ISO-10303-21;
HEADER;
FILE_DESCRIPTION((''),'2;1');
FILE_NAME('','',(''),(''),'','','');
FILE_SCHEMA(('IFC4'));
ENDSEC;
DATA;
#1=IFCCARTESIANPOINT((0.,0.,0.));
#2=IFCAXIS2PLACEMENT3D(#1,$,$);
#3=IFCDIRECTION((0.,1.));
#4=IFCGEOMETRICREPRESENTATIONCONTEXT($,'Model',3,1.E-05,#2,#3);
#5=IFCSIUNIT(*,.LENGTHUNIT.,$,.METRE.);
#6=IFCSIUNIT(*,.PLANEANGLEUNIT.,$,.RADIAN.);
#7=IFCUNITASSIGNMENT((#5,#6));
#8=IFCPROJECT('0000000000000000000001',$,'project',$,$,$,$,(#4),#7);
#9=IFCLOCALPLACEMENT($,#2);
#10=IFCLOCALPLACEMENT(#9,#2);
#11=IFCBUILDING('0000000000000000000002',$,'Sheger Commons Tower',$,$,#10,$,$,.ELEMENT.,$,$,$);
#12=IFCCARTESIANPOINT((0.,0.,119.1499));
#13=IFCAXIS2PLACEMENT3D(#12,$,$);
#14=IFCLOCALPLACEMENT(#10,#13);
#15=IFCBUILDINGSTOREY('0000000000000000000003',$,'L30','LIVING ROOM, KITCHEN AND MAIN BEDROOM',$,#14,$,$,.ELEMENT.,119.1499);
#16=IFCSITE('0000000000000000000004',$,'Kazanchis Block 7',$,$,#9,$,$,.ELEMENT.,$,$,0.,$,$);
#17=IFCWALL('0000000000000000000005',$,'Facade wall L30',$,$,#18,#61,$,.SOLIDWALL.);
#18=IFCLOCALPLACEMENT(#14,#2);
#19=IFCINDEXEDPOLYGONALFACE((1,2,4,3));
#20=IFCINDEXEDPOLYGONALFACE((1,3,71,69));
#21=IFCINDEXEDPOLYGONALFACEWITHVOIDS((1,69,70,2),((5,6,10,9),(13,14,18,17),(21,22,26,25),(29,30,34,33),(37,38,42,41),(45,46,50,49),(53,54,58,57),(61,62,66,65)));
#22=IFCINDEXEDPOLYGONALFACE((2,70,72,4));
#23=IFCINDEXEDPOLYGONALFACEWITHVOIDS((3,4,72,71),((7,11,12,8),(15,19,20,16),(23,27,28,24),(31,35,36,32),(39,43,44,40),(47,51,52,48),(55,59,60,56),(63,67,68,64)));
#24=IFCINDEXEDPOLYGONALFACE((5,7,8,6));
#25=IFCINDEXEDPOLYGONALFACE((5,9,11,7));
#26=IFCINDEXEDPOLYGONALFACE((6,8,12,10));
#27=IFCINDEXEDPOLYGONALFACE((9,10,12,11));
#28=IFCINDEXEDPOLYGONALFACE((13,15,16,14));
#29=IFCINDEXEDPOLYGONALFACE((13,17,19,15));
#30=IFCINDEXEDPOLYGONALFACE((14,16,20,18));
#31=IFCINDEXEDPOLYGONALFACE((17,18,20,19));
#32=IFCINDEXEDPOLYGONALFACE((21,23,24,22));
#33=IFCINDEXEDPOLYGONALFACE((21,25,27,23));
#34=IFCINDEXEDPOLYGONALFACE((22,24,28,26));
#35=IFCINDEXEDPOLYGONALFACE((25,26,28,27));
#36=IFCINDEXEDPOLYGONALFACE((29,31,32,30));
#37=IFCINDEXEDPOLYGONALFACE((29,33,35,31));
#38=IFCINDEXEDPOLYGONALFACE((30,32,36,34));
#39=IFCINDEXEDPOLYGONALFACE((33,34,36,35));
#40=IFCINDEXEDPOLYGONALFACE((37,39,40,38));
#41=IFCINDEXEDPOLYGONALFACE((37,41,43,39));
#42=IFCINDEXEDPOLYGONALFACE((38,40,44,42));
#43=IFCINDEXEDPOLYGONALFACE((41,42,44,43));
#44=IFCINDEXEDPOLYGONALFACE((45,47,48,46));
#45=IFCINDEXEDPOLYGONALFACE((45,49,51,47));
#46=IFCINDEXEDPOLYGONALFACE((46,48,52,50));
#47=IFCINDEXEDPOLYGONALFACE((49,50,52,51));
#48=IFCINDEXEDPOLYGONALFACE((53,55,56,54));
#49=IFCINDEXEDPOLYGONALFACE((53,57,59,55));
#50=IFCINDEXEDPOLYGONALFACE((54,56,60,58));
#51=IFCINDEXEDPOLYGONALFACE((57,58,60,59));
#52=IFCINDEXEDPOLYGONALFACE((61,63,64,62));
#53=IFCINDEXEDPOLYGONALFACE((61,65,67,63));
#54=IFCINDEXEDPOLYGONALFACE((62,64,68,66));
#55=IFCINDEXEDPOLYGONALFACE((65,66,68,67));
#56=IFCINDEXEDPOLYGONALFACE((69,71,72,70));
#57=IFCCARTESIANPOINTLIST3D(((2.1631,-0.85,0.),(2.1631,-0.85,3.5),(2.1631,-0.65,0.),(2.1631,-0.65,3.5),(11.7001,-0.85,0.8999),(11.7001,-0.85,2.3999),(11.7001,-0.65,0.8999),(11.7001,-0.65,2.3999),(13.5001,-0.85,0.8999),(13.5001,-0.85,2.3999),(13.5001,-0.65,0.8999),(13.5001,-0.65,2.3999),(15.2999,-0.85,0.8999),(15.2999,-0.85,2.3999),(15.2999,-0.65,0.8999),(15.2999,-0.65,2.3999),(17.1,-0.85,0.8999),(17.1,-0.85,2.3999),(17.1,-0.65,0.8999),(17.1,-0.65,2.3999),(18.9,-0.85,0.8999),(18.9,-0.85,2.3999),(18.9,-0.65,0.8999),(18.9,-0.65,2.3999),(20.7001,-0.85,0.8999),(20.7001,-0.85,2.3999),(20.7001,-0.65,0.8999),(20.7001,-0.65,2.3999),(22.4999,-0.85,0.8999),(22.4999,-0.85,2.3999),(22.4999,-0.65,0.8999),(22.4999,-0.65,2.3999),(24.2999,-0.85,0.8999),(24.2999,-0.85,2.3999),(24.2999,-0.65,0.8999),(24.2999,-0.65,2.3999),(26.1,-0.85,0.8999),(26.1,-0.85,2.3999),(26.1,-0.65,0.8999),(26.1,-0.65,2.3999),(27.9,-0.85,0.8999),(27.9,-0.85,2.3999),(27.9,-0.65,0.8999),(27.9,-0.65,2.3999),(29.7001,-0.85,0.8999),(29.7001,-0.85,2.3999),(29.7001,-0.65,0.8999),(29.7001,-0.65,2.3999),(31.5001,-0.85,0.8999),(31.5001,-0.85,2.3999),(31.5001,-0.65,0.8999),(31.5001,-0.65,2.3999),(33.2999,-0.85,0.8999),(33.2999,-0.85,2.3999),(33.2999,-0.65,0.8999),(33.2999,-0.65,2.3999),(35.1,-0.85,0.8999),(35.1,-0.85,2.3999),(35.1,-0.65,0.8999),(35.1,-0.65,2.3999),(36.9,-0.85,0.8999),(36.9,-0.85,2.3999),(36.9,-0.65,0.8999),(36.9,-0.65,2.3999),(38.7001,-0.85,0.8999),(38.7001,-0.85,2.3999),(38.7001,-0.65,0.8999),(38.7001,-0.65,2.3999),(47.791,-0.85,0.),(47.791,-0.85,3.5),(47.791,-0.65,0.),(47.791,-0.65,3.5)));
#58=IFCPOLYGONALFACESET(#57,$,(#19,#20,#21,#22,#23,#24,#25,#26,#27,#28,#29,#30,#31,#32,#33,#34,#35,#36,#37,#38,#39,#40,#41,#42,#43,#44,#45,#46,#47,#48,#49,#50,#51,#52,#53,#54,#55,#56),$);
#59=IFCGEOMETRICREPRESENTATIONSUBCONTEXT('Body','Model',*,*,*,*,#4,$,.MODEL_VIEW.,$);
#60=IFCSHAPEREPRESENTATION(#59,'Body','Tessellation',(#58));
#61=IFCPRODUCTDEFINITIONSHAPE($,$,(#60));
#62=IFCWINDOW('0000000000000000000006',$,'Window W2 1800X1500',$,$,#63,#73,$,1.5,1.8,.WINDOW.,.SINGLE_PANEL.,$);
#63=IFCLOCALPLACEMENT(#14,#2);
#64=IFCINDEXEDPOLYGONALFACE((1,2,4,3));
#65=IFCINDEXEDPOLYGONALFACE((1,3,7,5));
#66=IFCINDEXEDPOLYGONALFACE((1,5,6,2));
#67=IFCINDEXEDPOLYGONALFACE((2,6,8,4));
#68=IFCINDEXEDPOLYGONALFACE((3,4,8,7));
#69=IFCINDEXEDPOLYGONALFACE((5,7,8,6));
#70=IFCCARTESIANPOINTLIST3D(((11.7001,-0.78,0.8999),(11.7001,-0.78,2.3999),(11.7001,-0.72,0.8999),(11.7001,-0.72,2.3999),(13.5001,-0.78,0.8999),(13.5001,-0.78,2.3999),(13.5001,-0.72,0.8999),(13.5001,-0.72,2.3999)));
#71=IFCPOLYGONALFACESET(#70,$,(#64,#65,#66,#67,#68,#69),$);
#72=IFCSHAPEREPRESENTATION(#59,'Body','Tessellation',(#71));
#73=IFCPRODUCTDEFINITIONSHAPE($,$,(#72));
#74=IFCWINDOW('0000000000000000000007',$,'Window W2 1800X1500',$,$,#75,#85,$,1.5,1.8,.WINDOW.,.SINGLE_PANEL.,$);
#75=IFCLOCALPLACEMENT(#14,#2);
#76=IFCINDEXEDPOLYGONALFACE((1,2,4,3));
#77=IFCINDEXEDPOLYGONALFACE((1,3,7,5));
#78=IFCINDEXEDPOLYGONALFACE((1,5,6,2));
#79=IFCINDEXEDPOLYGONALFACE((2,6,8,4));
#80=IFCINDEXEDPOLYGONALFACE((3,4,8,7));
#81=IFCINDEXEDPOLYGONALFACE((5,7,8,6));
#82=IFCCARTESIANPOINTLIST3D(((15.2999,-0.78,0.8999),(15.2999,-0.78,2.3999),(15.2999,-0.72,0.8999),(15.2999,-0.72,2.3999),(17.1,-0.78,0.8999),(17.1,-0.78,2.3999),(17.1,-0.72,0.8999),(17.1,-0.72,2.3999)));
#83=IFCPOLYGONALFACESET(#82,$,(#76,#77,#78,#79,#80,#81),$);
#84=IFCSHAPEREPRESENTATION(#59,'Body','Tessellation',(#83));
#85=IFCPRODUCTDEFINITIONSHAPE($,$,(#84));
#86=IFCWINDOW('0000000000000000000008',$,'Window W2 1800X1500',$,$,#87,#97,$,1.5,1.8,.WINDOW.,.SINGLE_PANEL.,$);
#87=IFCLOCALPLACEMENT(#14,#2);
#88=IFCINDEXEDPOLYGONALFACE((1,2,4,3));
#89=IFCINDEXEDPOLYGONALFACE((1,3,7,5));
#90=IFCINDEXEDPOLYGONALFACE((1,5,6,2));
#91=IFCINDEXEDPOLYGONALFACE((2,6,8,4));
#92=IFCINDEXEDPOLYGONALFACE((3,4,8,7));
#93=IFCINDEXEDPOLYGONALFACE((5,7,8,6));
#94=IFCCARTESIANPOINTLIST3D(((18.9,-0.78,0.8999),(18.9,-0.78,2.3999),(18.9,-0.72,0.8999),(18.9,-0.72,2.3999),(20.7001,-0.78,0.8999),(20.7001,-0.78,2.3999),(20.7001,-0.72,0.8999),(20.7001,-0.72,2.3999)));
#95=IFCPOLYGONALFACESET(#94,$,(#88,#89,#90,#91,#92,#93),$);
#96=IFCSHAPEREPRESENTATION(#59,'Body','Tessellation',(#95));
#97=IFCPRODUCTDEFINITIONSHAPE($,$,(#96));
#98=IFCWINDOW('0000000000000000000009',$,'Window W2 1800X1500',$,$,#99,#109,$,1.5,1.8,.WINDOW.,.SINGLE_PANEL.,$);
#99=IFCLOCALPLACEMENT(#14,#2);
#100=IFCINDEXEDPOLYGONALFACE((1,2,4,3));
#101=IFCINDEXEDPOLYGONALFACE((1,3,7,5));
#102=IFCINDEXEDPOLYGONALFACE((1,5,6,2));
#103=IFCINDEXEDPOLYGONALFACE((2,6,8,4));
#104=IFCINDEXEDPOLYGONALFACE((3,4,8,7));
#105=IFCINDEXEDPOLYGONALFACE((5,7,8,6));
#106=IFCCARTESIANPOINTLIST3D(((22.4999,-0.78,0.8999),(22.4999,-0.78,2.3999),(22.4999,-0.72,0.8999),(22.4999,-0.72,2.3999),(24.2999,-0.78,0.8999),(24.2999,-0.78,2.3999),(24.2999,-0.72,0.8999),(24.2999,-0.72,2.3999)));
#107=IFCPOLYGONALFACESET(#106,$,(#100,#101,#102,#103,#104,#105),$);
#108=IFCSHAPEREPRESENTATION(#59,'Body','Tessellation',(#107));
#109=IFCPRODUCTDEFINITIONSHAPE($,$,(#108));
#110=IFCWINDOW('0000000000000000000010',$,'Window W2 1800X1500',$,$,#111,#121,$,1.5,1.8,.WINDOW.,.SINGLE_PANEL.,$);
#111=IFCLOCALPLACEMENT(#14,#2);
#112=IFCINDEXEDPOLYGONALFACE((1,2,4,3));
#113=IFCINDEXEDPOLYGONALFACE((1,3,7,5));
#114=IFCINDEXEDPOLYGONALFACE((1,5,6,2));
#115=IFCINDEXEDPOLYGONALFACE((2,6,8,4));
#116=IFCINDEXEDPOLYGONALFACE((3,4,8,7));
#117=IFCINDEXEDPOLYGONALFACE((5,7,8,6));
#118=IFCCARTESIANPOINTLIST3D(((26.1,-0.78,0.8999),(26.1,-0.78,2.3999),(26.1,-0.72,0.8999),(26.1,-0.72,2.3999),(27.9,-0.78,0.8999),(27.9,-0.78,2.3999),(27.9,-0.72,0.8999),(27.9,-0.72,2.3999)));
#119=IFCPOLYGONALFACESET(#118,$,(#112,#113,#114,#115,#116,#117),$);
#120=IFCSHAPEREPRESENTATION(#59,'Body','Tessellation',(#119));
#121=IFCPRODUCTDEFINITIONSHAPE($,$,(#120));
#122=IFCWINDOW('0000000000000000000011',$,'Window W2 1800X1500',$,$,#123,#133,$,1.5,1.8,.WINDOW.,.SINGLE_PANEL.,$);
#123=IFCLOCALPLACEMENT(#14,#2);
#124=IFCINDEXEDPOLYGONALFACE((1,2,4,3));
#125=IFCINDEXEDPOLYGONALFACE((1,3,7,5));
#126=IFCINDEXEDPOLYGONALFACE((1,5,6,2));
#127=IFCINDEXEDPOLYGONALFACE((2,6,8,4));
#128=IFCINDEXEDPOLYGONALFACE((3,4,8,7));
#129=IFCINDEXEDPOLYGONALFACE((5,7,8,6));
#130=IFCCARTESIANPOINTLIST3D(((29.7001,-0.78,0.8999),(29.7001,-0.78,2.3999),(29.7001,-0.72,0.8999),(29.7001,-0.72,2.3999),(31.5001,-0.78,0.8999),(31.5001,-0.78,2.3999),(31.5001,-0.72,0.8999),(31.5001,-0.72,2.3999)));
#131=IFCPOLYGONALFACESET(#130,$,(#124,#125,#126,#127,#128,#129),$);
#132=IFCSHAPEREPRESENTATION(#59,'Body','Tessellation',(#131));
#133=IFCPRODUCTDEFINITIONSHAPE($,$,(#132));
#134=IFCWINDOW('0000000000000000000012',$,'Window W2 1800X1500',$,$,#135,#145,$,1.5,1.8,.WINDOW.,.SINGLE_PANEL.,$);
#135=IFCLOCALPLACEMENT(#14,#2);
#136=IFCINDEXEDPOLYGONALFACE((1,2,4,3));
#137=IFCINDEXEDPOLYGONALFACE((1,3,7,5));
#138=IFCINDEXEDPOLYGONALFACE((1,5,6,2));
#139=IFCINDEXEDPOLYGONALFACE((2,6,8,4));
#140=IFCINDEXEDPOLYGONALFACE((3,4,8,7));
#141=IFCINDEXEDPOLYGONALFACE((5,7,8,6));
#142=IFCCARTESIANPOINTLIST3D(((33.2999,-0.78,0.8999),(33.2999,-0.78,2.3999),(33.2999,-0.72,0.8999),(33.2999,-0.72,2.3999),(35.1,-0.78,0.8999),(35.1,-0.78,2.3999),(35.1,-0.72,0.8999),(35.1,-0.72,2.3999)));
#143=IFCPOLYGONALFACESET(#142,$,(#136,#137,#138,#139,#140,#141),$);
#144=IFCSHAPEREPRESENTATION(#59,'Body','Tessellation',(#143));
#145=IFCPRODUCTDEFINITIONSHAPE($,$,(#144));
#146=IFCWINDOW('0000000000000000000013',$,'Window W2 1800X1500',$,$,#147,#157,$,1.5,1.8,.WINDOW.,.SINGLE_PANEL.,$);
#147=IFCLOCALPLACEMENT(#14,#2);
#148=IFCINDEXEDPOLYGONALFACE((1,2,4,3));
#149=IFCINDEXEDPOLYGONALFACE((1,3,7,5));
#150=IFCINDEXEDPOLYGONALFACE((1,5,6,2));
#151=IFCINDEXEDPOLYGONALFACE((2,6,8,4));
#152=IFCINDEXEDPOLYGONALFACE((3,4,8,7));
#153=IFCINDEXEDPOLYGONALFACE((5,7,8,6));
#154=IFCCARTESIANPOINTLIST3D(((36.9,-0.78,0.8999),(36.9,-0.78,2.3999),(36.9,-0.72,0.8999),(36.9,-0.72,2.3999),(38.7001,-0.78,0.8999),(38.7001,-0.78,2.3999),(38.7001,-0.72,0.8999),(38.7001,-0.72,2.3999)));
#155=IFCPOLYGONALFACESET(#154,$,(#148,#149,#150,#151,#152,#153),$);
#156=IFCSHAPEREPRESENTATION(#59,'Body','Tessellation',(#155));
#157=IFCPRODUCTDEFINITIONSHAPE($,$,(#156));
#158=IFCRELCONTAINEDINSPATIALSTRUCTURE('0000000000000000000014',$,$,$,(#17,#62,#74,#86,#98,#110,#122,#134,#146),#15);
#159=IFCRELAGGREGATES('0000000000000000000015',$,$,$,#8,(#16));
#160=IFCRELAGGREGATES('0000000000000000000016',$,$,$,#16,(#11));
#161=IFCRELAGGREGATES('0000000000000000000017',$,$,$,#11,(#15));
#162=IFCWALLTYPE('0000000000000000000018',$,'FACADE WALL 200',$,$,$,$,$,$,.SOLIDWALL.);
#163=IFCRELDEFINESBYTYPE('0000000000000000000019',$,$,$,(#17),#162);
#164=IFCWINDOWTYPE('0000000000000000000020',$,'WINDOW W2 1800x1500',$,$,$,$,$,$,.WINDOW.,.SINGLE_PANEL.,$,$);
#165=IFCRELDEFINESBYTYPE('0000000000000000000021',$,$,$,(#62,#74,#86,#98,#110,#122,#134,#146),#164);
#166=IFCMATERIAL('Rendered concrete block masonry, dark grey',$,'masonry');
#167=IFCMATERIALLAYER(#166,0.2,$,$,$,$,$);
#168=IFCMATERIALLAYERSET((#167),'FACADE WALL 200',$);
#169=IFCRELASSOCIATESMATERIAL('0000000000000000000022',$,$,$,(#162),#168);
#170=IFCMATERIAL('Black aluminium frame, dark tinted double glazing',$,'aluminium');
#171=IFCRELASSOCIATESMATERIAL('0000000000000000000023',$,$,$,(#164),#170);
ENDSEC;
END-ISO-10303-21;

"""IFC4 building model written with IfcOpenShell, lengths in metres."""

from ifc_helpers import new_model, si_unit, direction, frame, frame_2d, origin, place, context, subcontext, project, spatial, rectangle, extrude, material, layer, layer_set, type_object, element, fill, save


model = new_model("IFC4")

# Units and contexts
model_context = context("Model", 3, precision=1e-05, world=origin(), true_north=direction((0.0, 1.0)))
body_context = subcontext(model_context, "Body", "Model", "MODEL_VIEW")
ifc_project = project(units=[si_unit("LENGTHUNIT", "METRE"), si_unit("PLANEANGLEUNIT", "RADIAN")], contexts=[model_context])

# Site, building, storey
site_placement = place(None, origin())
site = spatial("IfcSite", under=ifc_project, at=site_placement, Name="Kazanchis Block 7", CompositionType="ELEMENT", RefElevation=0.0)
building_placement = place(site_placement, origin())
building = spatial("IfcBuilding", under=site, at=building_placement, Name="Sheger Commons Tower", CompositionType="ELEMENT")
storey_placement = place(building_placement, frame((0.0, 0.0, 119.1499)))
storey = spatial("IfcBuildingStorey", under=building, at=storey_placement, Name="L30", Description="LIVING ROOM, KITCHEN AND MAIN BEDROOM", CompositionType="ELEMENT", Elevation=119.1499)

# Wall, openings, windows
ifc_material_1 = material(Name="Rendered concrete block masonry, dark grey", Category="masonry")
ifc_layer_1 = layer(ifc_material_1, 0.2)
ifc_layer_set_1 = layer_set([ifc_layer_1], Name="FACADE WALL 200")
wall_type_1 = type_object("IfcWallType", Name="FACADE WALL 200", PredefinedType="SOLIDWALL", material=ifc_layer_set_1)
wall_1_placement = place(storey_placement, frame((2.1631, -0.75, 0.0), z_axis=(0.0, 0.0, 1.0), x_axis=(1.0, 0.0, 0.0)))
wall_1 = element("IfcWall", 1, at=wall_1_placement, inside=storey, type_object=wall_type_1, Name="Facade wall L30", PredefinedType="SOLIDWALL", context=body_context, shape_type="SweptSolid", body=[
    extrude(rectangle(XDim=45.6279, YDim=0.2, at=frame_2d((22.814, 0.0))), origin(), (0.0, 0.0, 1.0), 3.5),
])
opening_1_placement = place(wall_1_placement, frame((9.5371, 0.0, 0.8999)))
opening_1 = element("IfcOpeningElement", 2, at=opening_1_placement, cuts=wall_1, PredefinedType="OPENING", context=body_context, shape_type="SweptSolid", body=[
    extrude(rectangle(XDim=1.8, YDim=1.5, at=frame_2d((0.8999, 0.75))), frame((0.0, 0.1099, 0.0), z_axis=(0.0, -1.0, 0.0), x_axis=(1.0, 0.0, 0.0)), (0.0, 0.0, 1.0), 0.22),
])
opening_2_placement = place(wall_1_placement, frame((13.137, 0.0, 0.8999)))
opening_2 = element("IfcOpeningElement", 3, at=opening_2_placement, cuts=wall_1, PredefinedType="OPENING", context=body_context, shape_type="SweptSolid", body=[
    extrude(rectangle(XDim=1.8, YDim=1.5, at=frame_2d((0.8999, 0.75))), frame((0.0, 0.1099, 0.0), z_axis=(0.0, -1.0, 0.0), x_axis=(1.0, 0.0, 0.0)), (0.0, 0.0, 1.0), 0.22),
])
opening_3_placement = place(wall_1_placement, frame((16.7371, 0.0, 0.8999)))
opening_3 = element("IfcOpeningElement", 4, at=opening_3_placement, cuts=wall_1, PredefinedType="OPENING", context=body_context, shape_type="SweptSolid", body=[
    extrude(rectangle(XDim=1.8, YDim=1.5, at=frame_2d((0.8999, 0.75))), frame((0.0, 0.1099, 0.0), z_axis=(0.0, -1.0, 0.0), x_axis=(1.0, 0.0, 0.0)), (0.0, 0.0, 1.0), 0.22),
])
opening_4_placement = place(wall_1_placement, frame((20.3369, 0.0, 0.8999)))
opening_4 = element("IfcOpeningElement", 5, at=opening_4_placement, cuts=wall_1, PredefinedType="OPENING", context=body_context, shape_type="SweptSolid", body=[
    extrude(rectangle(XDim=1.8, YDim=1.5, at=frame_2d((0.8999, 0.75))), frame((0.0, 0.1099, 0.0), z_axis=(0.0, -1.0, 0.0), x_axis=(1.0, 0.0, 0.0)), (0.0, 0.0, 1.0), 0.22),
])
opening_5_placement = place(wall_1_placement, frame((23.937, 0.0, 0.8999)))
opening_5 = element("IfcOpeningElement", 6, at=opening_5_placement, cuts=wall_1, PredefinedType="OPENING", context=body_context, shape_type="SweptSolid", body=[
    extrude(rectangle(XDim=1.8, YDim=1.5, at=frame_2d((0.8999, 0.75))), frame((0.0, 0.1099, 0.0), z_axis=(0.0, -1.0, 0.0), x_axis=(1.0, 0.0, 0.0)), (0.0, 0.0, 1.0), 0.22),
])
opening_6_placement = place(wall_1_placement, frame((27.5371, 0.0, 0.8999)))
opening_6 = element("IfcOpeningElement", 7, at=opening_6_placement, cuts=wall_1, PredefinedType="OPENING", context=body_context, shape_type="SweptSolid", body=[
    extrude(rectangle(XDim=1.8, YDim=1.5, at=frame_2d((0.8999, 0.75))), frame((0.0, 0.1099, 0.0), z_axis=(0.0, -1.0, 0.0), x_axis=(1.0, 0.0, 0.0)), (0.0, 0.0, 1.0), 0.22),
])
opening_7_placement = place(wall_1_placement, frame((31.137, 0.0, 0.8999)))
opening_7 = element("IfcOpeningElement", 8, at=opening_7_placement, cuts=wall_1, PredefinedType="OPENING", context=body_context, shape_type="SweptSolid", body=[
    extrude(rectangle(XDim=1.8, YDim=1.5, at=frame_2d((0.8999, 0.75))), frame((0.0, 0.1099, 0.0), z_axis=(0.0, -1.0, 0.0), x_axis=(1.0, 0.0, 0.0)), (0.0, 0.0, 1.0), 0.22),
])
opening_8_placement = place(wall_1_placement, frame((34.7371, 0.0, 0.8999)))
opening_8 = element("IfcOpeningElement", 9, at=opening_8_placement, cuts=wall_1, PredefinedType="OPENING", context=body_context, shape_type="SweptSolid", body=[
    extrude(rectangle(XDim=1.8, YDim=1.5, at=frame_2d((0.8999, 0.75))), frame((0.0, 0.1099, 0.0), z_axis=(0.0, -1.0, 0.0), x_axis=(1.0, 0.0, 0.0)), (0.0, 0.0, 1.0), 0.22),
])
ifc_material_2 = material(Name="Black aluminium frame, dark tinted double glazing", Category="aluminium")
window_type = type_object("IfcWindowType", Name="WINDOW W2 1800x1500", PartitioningType="SINGLE_PANEL", PredefinedType="WINDOW", material=ifc_material_2)
window_1_placement = place(opening_1_placement, origin())
window_1 = element("IfcWindow", 10, at=window_1_placement, inside=storey, type_object=window_type, Name="Window W2 1800X1500", OverallHeight=1.5, OverallWidth=1.8, PartitioningType="SINGLE_PANEL", PredefinedType="WINDOW", context=body_context, shape_type="SweptSolid", body=[
    extrude(rectangle(XDim=1.8, YDim=1.5, at=frame_2d((0.8999, 0.75))), frame((0.0, 0.03, 0.0), z_axis=(0.0, -1.0, 0.0), x_axis=(1.0, 0.0, 0.0)), (0.0, 0.0, 1.0), 0.0601),
])
fill(opening_1, window_1)
window_2_placement = place(opening_2_placement, origin())
window_2 = element("IfcWindow", 11, at=window_2_placement, inside=storey, type_object=window_type, Name="Window W2 1800X1500", OverallHeight=1.5, OverallWidth=1.8, PartitioningType="SINGLE_PANEL", PredefinedType="WINDOW", context=body_context, shape_type="SweptSolid", body=[
    extrude(rectangle(XDim=1.8, YDim=1.5, at=frame_2d((0.8999, 0.75))), frame((0.0, 0.03, 0.0), z_axis=(0.0, -1.0, 0.0), x_axis=(1.0, 0.0, 0.0)), (0.0, 0.0, 1.0), 0.0601),
])
fill(opening_2, window_2)
window_3_placement = place(opening_3_placement, origin())
window_3 = element("IfcWindow", 12, at=window_3_placement, inside=storey, type_object=window_type, Name="Window W2 1800X1500", OverallHeight=1.5, OverallWidth=1.8, PartitioningType="SINGLE_PANEL", PredefinedType="WINDOW", context=body_context, shape_type="SweptSolid", body=[
    extrude(rectangle(XDim=1.8, YDim=1.5, at=frame_2d((0.8999, 0.75))), frame((0.0, 0.03, 0.0), z_axis=(0.0, -1.0, 0.0), x_axis=(1.0, 0.0, 0.0)), (0.0, 0.0, 1.0), 0.0601),
])
fill(opening_3, window_3)
window_4_placement = place(opening_4_placement, origin())
window_4 = element("IfcWindow", 13, at=window_4_placement, inside=storey, type_object=window_type, Name="Window W2 1800X1500", OverallHeight=1.5, OverallWidth=1.8, PartitioningType="SINGLE_PANEL", PredefinedType="WINDOW", context=body_context, shape_type="SweptSolid", body=[
    extrude(rectangle(XDim=1.8, YDim=1.5, at=frame_2d((0.8999, 0.75))), frame((0.0, 0.03, 0.0), z_axis=(0.0, -1.0, 0.0), x_axis=(1.0, 0.0, 0.0)), (0.0, 0.0, 1.0), 0.0601),
])
fill(opening_4, window_4)
window_5_placement = place(opening_5_placement, origin())
window_5 = element("IfcWindow", 14, at=window_5_placement, inside=storey, type_object=window_type, Name="Window W2 1800X1500", OverallHeight=1.5, OverallWidth=1.8, PartitioningType="SINGLE_PANEL", PredefinedType="WINDOW", context=body_context, shape_type="SweptSolid", body=[
    extrude(rectangle(XDim=1.8, YDim=1.5, at=frame_2d((0.8999, 0.75))), frame((0.0, 0.03, 0.0), z_axis=(0.0, -1.0, 0.0), x_axis=(1.0, 0.0, 0.0)), (0.0, 0.0, 1.0), 0.0601),
])
fill(opening_5, window_5)
window_6_placement = place(opening_6_placement, origin())
window_6 = element("IfcWindow", 15, at=window_6_placement, inside=storey, type_object=window_type, Name="Window W2 1800X1500", OverallHeight=1.5, OverallWidth=1.8, PartitioningType="SINGLE_PANEL", PredefinedType="WINDOW", context=body_context, shape_type="SweptSolid", body=[
    extrude(rectangle(XDim=1.8, YDim=1.5, at=frame_2d((0.8999, 0.75))), frame((0.0, 0.03, 0.0), z_axis=(0.0, -1.0, 0.0), x_axis=(1.0, 0.0, 0.0)), (0.0, 0.0, 1.0), 0.0601),
])
fill(opening_6, window_6)
window_7_placement = place(opening_7_placement, origin())
window_7 = element("IfcWindow", 16, at=window_7_placement, inside=storey, type_object=window_type, Name="Window W2 1800X1500", OverallHeight=1.5, OverallWidth=1.8, PartitioningType="SINGLE_PANEL", PredefinedType="WINDOW", context=body_context, shape_type="SweptSolid", body=[
    extrude(rectangle(XDim=1.8, YDim=1.5, at=frame_2d((0.8999, 0.75))), frame((0.0, 0.03, 0.0), z_axis=(0.0, -1.0, 0.0), x_axis=(1.0, 0.0, 0.0)), (0.0, 0.0, 1.0), 0.0601),
])
fill(opening_7, window_7)
window_8_placement = place(opening_8_placement, origin())
window_8 = element("IfcWindow", 17, at=window_8_placement, inside=storey, type_object=window_type, Name="Window W2 1800X1500", OverallHeight=1.5, OverallWidth=1.8, PartitioningType="SINGLE_PANEL", PredefinedType="WINDOW", context=body_context, shape_type="SweptSolid", body=[
    extrude(rectangle(XDim=1.8, YDim=1.5, at=frame_2d((0.8999, 0.75))), frame((0.0, 0.03, 0.0), z_axis=(0.0, -1.0, 0.0), x_axis=(1.0, 0.0, 0.0)), (0.0, 0.0, 1.0), 0.0601),
])
fill(opening_8, window_8)

save(model, "model.ifc")
